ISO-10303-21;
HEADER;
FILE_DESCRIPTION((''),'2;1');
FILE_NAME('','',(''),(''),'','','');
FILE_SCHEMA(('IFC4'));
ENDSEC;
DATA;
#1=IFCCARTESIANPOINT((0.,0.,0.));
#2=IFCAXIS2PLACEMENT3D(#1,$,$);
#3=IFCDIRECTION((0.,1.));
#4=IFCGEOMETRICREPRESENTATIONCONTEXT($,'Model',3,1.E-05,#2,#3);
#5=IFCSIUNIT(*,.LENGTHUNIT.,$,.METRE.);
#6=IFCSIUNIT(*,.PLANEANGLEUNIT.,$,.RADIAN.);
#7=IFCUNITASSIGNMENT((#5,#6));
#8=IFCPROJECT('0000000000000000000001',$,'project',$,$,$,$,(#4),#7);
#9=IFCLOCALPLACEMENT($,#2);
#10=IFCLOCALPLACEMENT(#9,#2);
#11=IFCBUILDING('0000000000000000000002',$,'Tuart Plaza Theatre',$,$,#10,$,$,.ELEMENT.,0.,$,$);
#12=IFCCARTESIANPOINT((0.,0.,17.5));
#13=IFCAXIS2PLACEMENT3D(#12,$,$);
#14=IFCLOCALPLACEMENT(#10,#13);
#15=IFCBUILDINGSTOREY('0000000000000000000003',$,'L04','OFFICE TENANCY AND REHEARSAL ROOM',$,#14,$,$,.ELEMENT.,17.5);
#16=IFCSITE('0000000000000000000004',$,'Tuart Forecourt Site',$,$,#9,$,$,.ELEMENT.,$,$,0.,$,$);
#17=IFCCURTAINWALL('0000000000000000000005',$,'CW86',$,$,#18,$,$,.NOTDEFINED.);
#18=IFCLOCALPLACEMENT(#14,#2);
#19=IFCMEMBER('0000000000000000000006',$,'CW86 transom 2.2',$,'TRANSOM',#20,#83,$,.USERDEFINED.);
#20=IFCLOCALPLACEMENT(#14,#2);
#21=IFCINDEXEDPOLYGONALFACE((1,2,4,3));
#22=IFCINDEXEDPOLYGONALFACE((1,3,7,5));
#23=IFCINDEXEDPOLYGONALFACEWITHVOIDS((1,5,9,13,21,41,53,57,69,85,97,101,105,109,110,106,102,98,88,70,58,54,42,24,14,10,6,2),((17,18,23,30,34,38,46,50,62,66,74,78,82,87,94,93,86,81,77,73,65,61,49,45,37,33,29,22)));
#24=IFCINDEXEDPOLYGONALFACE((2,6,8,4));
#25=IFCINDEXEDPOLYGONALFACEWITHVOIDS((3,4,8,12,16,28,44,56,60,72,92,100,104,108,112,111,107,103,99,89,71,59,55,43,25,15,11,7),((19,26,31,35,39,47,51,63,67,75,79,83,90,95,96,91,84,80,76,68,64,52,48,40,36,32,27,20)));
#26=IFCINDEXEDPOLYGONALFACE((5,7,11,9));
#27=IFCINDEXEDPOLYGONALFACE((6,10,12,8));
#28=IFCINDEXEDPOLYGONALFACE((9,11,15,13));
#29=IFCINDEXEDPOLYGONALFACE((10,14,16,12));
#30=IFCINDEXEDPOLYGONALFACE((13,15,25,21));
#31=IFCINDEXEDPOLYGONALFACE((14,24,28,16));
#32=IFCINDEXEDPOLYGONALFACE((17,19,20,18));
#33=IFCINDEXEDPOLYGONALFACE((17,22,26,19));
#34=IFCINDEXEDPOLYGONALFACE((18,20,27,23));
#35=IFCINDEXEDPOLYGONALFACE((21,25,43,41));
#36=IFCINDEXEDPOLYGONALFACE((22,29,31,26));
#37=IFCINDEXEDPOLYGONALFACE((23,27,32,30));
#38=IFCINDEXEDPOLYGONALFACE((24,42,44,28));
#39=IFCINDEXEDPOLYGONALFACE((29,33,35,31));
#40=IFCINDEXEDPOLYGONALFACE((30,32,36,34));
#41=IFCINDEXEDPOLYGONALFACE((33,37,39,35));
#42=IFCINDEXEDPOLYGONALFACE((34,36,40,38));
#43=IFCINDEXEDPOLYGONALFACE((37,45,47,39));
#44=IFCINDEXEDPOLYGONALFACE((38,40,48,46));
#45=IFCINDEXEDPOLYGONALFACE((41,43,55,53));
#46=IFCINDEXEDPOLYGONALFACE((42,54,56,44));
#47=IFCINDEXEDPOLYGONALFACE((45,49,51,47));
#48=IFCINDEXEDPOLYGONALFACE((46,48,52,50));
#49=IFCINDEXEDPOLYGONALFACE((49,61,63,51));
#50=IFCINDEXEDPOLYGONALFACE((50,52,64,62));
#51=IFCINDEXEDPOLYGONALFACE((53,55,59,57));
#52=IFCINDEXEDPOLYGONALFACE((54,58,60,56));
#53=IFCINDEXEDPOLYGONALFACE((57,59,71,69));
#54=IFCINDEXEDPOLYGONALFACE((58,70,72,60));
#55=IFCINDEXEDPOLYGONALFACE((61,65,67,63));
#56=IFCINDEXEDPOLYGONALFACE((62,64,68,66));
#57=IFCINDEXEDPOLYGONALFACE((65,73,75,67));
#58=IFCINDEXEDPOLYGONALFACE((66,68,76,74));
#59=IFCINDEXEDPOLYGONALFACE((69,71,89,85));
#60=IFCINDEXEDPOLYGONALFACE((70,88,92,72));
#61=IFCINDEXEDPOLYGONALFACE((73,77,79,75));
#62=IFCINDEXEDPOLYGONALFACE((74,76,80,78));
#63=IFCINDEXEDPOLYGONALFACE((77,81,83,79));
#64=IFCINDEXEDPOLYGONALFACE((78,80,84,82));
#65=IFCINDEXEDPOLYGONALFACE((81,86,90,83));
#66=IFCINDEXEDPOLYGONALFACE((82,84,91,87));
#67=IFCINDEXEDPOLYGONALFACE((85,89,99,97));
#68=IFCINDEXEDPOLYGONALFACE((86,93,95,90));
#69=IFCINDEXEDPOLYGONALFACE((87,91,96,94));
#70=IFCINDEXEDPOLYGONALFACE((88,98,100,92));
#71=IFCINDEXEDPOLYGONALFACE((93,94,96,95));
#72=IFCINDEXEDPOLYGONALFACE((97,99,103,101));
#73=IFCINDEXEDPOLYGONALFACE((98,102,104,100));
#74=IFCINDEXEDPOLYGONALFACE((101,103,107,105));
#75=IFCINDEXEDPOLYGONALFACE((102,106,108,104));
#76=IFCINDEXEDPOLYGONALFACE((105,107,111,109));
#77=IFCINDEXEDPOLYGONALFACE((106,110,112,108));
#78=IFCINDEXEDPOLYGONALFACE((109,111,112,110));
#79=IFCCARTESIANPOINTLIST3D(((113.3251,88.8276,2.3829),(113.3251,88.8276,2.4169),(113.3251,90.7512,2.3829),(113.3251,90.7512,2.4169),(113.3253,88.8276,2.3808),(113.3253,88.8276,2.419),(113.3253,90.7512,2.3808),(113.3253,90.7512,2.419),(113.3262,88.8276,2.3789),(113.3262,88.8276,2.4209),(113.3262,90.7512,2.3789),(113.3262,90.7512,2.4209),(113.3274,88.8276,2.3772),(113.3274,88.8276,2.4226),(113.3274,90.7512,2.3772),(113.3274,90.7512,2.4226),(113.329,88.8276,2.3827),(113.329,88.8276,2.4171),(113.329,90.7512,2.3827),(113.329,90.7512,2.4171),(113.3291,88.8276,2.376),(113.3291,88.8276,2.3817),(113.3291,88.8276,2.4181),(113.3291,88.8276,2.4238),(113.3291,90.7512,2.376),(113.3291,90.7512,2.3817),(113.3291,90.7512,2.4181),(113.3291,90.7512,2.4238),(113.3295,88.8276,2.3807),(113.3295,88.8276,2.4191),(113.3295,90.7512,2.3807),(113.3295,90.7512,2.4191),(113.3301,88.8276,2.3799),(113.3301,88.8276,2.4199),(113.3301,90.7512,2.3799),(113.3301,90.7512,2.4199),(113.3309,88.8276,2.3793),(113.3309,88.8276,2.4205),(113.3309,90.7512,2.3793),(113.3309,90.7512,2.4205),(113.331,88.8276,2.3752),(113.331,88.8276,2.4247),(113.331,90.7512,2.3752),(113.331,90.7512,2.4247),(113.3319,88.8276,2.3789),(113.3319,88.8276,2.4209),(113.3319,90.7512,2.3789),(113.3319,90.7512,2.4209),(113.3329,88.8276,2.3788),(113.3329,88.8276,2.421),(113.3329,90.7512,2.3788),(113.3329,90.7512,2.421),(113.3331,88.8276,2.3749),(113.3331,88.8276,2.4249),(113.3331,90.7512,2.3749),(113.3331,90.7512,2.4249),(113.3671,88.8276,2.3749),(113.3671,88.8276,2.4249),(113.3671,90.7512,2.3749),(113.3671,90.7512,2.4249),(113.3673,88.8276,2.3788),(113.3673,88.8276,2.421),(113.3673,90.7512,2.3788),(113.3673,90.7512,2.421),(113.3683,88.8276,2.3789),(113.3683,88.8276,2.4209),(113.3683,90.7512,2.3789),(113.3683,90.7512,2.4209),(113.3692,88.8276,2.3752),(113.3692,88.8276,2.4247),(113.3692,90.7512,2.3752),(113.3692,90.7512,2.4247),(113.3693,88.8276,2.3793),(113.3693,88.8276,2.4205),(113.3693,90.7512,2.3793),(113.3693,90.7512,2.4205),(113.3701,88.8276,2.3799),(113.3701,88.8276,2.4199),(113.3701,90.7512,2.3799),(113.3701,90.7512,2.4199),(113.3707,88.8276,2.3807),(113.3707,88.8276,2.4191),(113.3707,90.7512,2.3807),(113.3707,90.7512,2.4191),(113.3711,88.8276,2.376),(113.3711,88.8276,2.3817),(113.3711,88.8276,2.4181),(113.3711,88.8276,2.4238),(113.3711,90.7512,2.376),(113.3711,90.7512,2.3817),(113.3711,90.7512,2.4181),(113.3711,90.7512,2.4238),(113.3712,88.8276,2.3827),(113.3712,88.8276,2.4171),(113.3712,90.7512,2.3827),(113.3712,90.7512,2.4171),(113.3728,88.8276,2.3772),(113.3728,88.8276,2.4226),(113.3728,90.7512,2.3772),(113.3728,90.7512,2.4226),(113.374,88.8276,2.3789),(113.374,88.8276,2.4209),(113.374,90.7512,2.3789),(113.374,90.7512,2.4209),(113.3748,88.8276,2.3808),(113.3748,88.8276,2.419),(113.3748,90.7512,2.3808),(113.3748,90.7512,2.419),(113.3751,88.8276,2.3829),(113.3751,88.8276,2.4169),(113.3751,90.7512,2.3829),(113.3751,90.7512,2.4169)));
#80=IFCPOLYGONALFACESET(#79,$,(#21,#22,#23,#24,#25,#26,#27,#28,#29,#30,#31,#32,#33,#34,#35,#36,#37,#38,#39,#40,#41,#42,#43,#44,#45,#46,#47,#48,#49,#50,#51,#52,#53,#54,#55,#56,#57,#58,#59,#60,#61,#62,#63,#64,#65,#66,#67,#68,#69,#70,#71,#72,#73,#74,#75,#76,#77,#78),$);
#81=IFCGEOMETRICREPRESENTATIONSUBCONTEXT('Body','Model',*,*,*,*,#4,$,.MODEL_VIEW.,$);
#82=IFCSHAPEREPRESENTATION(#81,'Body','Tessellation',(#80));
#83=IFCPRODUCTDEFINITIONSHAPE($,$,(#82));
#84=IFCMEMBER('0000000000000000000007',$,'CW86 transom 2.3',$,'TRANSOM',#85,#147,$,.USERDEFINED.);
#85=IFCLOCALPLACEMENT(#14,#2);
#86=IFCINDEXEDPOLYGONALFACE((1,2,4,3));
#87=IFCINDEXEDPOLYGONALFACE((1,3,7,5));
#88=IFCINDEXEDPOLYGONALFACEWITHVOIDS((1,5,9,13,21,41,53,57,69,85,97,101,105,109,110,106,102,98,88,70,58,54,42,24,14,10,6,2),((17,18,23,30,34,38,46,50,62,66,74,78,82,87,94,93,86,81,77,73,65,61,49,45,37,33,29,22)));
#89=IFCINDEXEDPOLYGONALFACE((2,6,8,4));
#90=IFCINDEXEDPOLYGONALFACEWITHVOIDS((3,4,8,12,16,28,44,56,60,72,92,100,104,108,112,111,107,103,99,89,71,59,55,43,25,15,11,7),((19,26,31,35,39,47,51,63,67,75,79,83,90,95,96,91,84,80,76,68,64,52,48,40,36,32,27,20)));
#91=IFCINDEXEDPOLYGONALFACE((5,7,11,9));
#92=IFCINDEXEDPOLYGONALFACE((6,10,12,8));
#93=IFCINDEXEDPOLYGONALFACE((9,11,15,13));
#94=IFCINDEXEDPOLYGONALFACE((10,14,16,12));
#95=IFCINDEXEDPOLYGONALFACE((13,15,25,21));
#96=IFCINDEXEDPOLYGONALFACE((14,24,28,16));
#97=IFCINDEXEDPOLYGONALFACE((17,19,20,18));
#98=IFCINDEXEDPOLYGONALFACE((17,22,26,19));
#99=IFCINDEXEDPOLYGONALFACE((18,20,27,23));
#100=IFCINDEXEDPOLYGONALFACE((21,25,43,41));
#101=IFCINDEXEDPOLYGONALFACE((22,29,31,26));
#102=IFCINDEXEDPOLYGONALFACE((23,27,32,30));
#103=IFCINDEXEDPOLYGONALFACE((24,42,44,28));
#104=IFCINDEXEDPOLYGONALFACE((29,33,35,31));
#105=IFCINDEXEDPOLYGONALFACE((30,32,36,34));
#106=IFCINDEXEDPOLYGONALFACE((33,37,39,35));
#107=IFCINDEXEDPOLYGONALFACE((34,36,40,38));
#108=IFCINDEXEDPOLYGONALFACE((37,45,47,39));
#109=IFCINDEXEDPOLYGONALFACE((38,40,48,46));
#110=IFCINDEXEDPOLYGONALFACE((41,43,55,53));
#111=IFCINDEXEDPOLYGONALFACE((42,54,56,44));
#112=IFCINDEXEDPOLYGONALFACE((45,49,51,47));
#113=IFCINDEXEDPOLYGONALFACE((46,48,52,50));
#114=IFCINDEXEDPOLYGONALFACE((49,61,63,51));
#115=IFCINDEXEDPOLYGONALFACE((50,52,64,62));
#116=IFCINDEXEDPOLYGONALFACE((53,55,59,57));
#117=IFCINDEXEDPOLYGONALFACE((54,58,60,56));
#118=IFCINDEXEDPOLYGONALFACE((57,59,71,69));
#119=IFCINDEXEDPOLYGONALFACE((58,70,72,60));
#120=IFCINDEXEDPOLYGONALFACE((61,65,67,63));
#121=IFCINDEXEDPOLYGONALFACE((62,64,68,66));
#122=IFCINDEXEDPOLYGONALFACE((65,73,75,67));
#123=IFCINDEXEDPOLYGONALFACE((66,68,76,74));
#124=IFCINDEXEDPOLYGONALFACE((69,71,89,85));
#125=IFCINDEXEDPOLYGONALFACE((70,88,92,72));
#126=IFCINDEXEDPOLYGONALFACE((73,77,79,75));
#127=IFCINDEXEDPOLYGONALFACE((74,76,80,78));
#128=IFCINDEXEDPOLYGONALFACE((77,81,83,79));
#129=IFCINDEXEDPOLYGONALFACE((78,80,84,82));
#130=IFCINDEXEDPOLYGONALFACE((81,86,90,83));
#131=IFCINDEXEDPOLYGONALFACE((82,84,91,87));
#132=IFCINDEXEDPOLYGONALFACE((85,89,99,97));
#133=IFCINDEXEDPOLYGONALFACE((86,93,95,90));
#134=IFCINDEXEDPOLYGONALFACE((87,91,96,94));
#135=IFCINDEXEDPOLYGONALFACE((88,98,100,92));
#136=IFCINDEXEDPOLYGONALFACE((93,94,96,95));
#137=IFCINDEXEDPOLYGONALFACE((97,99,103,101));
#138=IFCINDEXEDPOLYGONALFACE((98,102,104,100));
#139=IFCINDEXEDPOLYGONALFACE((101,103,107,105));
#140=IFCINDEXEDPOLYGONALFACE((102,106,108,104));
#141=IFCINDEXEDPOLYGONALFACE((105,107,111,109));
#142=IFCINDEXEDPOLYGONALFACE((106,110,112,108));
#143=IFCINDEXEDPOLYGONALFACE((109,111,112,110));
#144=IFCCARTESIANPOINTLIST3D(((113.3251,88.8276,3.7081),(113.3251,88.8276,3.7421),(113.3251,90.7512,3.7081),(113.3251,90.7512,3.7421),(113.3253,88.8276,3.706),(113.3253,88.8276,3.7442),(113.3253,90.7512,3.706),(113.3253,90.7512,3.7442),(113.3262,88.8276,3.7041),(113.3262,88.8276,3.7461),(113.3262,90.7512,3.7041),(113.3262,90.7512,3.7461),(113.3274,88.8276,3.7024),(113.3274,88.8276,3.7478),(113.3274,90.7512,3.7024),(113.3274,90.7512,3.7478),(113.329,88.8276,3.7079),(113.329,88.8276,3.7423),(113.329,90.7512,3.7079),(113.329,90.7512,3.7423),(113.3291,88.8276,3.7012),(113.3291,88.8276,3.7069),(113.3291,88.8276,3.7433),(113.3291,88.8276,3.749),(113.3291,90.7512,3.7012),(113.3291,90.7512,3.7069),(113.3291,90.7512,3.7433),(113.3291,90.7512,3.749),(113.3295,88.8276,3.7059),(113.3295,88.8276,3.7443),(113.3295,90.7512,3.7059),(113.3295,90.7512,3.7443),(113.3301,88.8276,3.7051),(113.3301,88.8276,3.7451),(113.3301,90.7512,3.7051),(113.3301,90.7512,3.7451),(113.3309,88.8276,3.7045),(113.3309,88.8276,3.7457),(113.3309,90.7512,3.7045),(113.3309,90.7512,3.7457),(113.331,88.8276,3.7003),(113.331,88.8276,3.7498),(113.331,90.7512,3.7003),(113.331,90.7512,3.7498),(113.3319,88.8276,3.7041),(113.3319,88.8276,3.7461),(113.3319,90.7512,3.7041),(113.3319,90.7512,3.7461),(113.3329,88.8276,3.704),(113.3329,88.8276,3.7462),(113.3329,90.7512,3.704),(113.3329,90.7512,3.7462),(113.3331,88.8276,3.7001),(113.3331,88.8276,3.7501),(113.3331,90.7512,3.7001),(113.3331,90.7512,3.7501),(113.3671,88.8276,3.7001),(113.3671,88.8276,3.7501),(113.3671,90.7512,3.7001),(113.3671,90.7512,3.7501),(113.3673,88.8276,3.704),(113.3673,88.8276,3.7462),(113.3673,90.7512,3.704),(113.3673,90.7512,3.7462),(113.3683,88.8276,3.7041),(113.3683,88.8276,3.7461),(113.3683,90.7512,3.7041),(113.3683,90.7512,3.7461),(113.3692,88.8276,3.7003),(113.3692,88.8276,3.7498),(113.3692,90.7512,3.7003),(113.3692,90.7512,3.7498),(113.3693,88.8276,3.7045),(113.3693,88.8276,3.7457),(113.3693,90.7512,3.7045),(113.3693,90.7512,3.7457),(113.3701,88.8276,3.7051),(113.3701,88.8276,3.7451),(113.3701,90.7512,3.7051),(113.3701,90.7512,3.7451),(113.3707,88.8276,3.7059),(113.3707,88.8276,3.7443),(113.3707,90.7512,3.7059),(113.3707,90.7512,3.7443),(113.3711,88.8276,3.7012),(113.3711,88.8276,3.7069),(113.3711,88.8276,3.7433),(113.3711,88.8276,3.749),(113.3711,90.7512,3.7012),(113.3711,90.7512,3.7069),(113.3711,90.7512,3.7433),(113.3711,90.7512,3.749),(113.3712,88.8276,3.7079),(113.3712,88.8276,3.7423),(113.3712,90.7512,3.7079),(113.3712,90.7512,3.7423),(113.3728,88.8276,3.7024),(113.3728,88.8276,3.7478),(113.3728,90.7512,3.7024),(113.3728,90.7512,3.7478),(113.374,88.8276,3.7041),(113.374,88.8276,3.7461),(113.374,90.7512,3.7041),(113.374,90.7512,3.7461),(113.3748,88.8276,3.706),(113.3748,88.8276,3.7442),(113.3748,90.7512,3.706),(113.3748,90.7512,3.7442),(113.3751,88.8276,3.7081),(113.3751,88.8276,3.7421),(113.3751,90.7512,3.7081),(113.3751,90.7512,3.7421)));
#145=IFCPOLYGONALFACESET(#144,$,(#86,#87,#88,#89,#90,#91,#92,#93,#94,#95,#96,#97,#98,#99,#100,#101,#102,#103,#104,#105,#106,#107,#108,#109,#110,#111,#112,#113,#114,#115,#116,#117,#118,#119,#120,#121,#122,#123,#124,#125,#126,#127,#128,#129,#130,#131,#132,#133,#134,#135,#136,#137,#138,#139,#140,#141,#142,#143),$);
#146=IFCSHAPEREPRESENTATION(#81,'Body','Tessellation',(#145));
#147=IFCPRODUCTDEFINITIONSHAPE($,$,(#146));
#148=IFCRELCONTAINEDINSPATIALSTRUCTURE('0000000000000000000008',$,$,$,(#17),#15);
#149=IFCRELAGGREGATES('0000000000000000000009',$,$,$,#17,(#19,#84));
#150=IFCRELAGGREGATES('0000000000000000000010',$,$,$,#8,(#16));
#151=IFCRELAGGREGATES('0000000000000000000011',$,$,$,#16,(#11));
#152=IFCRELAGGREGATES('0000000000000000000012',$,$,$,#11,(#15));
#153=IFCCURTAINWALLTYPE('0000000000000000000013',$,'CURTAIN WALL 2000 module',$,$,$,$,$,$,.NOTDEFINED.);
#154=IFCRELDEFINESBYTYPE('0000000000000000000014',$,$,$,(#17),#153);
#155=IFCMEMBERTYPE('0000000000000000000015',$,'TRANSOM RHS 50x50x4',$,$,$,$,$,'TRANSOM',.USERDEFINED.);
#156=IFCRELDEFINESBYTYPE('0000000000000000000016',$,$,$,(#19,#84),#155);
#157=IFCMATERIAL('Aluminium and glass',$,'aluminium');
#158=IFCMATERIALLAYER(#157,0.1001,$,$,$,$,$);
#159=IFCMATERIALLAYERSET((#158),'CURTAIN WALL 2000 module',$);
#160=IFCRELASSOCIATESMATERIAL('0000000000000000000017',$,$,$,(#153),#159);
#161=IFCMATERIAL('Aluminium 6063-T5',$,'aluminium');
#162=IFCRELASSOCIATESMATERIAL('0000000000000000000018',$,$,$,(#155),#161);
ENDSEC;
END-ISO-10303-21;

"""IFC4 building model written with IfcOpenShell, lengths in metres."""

from ifc_helpers import new_model, si_unit, direction, frame, origin, origin_2d, place, context, subcontext, project, spatial, hollow_rectangle, extrude, material, layer, layer_set, material_profile, profile_set, type_object, element, aggregate, save


model = new_model("IFC4")

# Units and contexts
model_context = context("Model", 3, precision=1e-05, world=origin(), true_north=direction((0.0, 1.0)))
body_context = subcontext(model_context, "Body", "Model", "MODEL_VIEW")
ifc_project = project(units=[si_unit("LENGTHUNIT", "METRE"), si_unit("PLANEANGLEUNIT", "RADIAN")], contexts=[model_context])

# Site, building, storey
site_placement = place(None, origin())
site = spatial("IfcSite", under=ifc_project, at=site_placement, Name="Tuart Forecourt Site", CompositionType="ELEMENT", RefElevation=0.0)
building_placement = place(site_placement, origin())
building = spatial("IfcBuilding", under=site, at=building_placement, Name="Tuart Plaza Theatre", CompositionType="ELEMENT", ElevationOfRefHeight=0.0)
storey_placement = place(building_placement, frame((0.0, 0.0, 17.5)))
storey = spatial("IfcBuildingStorey", under=building, at=storey_placement, Name="L04", Description="OFFICE TENANCY AND REHEARSAL ROOM", CompositionType="ELEMENT", Elevation=17.5)

# Curtain wall, members
ifc_material_1 = material(Name="Aluminium and glass", Category="aluminium")
ifc_layer_1 = layer(ifc_material_1, 0.1001)
ifc_layer_set_1 = layer_set([ifc_layer_1], Name="CURTAIN WALL 2000 module")
curtain_wall_type = type_object("IfcCurtainWallType", Name="CURTAIN WALL 2000 module", PredefinedType="NOTDEFINED", material=ifc_layer_set_1)
curtain_wall_placement = place(storey_placement, origin())
curtain_wall = element("IfcCurtainWall", 1, at=curtain_wall_placement, inside=storey, type_object=curtain_wall_type, Name="CW86", PredefinedType="NOTDEFINED")
ifc_material_2 = material(Name="Aluminium 6063-T5", Category="aluminium")
ifc_material_profile_1 = material_profile(ifc_material_2, hollow_rectangle(XDim=0.05, YDim=0.05, WallThickness=0.0039, InnerFilletRadius=0.0039, OuterFilletRadius=0.0081, at=origin_2d()), Name="RHS 50x50x4")
ifc_profile_set_1 = profile_set([ifc_material_profile_1], Name="Aluminium 6063-T5")
member_type_1 = type_object("IfcMemberType", Name="TRANSOM RHS 50x50x4", ElementType="TRANSOM", PredefinedType="USERDEFINED", material=ifc_profile_set_1)
member_1_placement = place(storey_placement, frame((113.3501, 90.7512, 2.3999), z_axis=(0.0, -1.0, 0.0), x_axis=(1.0, 0.0, 0.0)))
member_1 = element("IfcMember", 2, at=member_1_placement, type_object=member_type_1, Name="CW86 transom 2.2", ObjectType="TRANSOM", PredefinedType="USERDEFINED", context=body_context, shape_type="SweptSolid", body=[
    extrude(hollow_rectangle(XDim=0.05, YDim=0.05, WallThickness=0.0039, InnerFilletRadius=0.0039, OuterFilletRadius=0.0081, at=origin_2d()), origin(), (0.0, 0.0, 1.0), 1.9236),
])
member_2_placement = place(storey_placement, frame((113.3501, 90.7512, 3.7251), z_axis=(0.0, -1.0, 0.0), x_axis=(1.0, 0.0, 0.0)))
member_2 = element("IfcMember", 3, at=member_2_placement, type_object=member_type_1, Name="CW86 transom 2.3", ObjectType="TRANSOM", PredefinedType="USERDEFINED", context=body_context, shape_type="SweptSolid", body=[
    extrude(hollow_rectangle(XDim=0.05, YDim=0.05, WallThickness=0.0039, InnerFilletRadius=0.0039, OuterFilletRadius=0.0081, at=origin_2d()), origin(), (0.0, 0.0, 1.0), 1.9236),
])
aggregate(curtain_wall, [member_1, member_2])

save(model, "model.ifc")
